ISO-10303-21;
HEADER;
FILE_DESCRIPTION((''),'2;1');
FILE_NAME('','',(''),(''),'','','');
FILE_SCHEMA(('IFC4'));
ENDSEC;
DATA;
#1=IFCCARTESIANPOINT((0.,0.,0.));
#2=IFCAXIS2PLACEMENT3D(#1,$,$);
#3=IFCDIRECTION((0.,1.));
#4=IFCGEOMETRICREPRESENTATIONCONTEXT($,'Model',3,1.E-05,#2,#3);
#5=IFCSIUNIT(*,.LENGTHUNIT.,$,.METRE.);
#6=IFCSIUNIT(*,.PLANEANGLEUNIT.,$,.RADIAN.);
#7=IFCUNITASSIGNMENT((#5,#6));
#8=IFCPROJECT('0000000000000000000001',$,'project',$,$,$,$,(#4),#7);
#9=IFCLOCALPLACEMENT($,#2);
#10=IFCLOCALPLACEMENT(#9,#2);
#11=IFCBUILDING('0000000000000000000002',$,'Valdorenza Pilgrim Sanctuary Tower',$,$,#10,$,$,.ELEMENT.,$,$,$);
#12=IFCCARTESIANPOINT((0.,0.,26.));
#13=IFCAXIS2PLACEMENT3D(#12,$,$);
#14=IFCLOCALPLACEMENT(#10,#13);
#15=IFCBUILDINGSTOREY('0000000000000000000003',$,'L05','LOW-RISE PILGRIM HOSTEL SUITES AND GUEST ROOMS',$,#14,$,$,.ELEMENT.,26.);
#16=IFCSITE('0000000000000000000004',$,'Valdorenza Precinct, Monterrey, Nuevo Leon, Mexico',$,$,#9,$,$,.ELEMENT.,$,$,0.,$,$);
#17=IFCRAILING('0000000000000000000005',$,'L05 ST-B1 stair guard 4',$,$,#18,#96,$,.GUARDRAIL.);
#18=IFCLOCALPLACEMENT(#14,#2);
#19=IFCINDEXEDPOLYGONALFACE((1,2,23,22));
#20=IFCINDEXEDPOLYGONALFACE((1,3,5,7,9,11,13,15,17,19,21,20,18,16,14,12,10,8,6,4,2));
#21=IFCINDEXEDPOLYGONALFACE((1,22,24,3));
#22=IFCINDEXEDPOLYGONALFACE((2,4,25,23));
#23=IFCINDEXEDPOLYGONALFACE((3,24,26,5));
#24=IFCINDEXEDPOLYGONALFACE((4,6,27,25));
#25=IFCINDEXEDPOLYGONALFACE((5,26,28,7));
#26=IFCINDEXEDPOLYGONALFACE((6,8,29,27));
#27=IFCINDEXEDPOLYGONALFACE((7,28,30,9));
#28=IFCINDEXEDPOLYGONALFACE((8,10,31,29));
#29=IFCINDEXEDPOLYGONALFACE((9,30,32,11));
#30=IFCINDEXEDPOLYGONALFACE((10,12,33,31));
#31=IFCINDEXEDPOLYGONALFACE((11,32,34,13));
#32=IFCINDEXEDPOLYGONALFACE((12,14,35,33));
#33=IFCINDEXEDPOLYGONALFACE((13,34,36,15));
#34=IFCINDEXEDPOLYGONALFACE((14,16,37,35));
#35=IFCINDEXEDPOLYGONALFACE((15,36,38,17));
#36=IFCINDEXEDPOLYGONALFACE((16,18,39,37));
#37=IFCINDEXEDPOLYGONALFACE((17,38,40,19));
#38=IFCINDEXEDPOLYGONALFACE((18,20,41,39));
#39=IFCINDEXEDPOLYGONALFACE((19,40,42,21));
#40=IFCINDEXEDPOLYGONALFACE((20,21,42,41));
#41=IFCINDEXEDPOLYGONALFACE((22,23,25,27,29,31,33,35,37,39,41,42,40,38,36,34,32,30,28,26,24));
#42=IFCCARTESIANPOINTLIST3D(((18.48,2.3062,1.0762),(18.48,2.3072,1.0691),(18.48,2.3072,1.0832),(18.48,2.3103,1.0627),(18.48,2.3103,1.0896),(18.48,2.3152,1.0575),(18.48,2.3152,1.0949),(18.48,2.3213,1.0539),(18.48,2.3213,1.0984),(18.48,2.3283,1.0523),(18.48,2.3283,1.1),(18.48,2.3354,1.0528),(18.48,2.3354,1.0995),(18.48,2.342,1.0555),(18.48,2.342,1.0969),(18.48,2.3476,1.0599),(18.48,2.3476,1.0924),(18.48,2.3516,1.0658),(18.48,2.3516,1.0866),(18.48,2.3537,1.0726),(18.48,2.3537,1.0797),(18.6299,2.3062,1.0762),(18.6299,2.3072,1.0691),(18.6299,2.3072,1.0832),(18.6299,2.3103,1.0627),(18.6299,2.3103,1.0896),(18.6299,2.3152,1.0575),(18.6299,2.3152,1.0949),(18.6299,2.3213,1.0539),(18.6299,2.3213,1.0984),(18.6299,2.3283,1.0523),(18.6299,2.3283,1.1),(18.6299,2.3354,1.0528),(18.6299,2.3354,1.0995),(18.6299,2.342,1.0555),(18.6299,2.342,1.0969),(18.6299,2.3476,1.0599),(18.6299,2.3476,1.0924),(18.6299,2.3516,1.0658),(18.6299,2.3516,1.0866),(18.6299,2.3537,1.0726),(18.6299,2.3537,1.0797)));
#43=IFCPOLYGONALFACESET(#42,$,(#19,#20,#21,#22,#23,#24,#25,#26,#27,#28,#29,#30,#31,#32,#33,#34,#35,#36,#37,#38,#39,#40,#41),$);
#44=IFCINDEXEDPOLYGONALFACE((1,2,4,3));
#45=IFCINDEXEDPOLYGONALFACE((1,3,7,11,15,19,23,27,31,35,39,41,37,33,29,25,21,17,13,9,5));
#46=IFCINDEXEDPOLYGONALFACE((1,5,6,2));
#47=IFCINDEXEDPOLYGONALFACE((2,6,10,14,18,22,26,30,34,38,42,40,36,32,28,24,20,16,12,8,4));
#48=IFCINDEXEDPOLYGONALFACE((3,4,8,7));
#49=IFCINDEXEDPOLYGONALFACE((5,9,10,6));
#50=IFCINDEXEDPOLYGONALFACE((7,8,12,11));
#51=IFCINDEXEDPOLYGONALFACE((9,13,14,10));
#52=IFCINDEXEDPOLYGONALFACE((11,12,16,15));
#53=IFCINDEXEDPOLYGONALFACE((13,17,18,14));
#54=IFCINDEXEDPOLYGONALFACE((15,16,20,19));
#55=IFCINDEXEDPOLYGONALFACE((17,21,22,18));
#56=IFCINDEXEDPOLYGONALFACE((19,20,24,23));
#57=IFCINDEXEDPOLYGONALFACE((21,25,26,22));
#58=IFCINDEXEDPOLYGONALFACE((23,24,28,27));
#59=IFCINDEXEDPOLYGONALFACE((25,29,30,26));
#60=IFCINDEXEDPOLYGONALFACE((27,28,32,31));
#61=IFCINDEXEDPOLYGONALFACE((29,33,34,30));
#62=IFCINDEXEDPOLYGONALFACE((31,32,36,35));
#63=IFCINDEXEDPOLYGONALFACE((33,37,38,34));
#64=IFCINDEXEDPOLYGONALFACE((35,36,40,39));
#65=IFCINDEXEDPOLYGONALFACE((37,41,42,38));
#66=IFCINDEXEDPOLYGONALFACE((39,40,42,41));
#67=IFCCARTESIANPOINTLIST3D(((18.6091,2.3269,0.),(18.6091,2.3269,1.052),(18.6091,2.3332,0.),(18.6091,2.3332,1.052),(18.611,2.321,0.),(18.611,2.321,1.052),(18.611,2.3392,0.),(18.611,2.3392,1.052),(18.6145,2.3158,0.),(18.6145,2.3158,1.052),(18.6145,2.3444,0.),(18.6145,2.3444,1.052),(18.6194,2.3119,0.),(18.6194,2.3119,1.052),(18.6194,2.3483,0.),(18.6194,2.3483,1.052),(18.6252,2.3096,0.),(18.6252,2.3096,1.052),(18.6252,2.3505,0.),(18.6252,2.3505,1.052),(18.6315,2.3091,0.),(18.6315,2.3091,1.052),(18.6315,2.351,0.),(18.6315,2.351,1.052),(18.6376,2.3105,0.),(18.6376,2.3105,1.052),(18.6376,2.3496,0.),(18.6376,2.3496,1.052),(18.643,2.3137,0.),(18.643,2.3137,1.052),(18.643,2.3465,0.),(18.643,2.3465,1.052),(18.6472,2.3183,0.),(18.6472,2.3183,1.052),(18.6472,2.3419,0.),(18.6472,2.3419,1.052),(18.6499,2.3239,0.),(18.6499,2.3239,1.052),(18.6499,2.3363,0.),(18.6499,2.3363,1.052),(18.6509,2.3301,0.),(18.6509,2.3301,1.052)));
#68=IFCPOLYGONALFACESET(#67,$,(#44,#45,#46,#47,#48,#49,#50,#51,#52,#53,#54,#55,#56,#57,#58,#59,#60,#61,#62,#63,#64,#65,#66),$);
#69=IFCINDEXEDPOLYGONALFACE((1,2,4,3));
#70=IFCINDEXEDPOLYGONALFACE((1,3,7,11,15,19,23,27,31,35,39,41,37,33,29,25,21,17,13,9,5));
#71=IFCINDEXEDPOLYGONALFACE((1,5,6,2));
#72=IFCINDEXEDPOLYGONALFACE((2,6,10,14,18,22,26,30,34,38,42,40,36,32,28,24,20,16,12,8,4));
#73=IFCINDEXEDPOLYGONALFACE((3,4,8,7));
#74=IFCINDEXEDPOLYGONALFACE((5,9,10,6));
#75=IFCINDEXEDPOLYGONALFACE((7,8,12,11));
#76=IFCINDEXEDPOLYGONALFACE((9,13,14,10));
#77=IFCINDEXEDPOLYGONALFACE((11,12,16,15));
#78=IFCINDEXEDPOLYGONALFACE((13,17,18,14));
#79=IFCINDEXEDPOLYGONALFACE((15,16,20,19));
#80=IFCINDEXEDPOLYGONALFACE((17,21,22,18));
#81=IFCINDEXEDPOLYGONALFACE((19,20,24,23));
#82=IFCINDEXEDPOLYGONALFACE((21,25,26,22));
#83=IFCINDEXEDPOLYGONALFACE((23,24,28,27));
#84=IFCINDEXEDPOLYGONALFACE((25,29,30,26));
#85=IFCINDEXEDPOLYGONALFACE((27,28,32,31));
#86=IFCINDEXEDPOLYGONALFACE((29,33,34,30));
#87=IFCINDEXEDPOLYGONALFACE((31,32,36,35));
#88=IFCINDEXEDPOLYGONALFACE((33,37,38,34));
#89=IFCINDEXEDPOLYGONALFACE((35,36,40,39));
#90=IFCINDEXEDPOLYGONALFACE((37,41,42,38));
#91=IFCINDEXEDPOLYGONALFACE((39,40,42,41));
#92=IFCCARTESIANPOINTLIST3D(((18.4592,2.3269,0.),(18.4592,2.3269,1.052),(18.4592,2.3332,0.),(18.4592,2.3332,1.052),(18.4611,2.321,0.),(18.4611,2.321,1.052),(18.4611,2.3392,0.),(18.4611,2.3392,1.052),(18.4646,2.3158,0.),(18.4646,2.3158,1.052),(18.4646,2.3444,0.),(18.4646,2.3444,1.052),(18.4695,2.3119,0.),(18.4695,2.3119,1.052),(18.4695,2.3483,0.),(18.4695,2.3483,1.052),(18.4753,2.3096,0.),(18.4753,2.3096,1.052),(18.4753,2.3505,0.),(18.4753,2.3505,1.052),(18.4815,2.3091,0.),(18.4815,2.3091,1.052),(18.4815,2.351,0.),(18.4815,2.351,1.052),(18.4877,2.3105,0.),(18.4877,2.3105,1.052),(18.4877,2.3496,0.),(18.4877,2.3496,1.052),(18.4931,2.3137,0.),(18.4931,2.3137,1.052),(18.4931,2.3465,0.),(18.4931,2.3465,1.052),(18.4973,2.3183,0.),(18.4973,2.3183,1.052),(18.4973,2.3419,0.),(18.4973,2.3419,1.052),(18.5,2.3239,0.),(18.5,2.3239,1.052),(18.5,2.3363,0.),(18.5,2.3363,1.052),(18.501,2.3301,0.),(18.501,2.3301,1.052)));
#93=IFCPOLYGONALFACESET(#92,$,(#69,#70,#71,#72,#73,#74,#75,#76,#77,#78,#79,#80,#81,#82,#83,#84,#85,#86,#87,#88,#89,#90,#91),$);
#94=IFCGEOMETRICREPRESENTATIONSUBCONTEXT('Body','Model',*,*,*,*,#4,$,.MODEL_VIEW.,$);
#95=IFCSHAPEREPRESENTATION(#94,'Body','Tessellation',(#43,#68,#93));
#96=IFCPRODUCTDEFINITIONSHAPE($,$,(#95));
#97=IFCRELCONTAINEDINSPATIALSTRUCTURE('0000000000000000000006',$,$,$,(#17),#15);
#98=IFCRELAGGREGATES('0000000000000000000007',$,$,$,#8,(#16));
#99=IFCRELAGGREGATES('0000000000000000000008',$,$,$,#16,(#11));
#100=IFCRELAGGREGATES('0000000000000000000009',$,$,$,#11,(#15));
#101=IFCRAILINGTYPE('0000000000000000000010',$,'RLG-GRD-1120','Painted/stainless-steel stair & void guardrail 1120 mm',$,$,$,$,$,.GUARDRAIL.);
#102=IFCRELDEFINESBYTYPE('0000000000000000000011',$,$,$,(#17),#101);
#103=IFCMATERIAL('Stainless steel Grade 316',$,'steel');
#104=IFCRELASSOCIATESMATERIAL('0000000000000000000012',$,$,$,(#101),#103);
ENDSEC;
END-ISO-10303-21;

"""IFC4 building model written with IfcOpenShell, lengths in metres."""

from ifc_helpers import new_model, si_unit, direction, frame, origin, origin_2d, place, context, subcontext, project, spatial, circle, extrude, material, type_object, element, save


model = new_model("IFC4")

# Units and contexts
model_context = context("Model", 3, precision=1e-05, world=origin(), true_north=direction((0.0, 1.0)))
body_context = subcontext(model_context, "Body", "Model", "MODEL_VIEW")
ifc_project = project(units=[si_unit("LENGTHUNIT", "METRE"), si_unit("PLANEANGLEUNIT", "RADIAN")], contexts=[model_context])

# Site, building, storey
site_placement = place(None, origin())
site = spatial("IfcSite", under=ifc_project, at=site_placement, Name="Valdorenza Precinct, Monterrey, Nuevo Leon, Mexico", CompositionType="ELEMENT", RefElevation=0.0)
building_placement = place(site_placement, origin())
building = spatial("IfcBuilding", under=site, at=building_placement, Name="Valdorenza Pilgrim Sanctuary Tower", CompositionType="ELEMENT")
storey_placement = place(building_placement, frame((0.0, 0.0, 26.0)))
storey = spatial("IfcBuildingStorey", under=building, at=storey_placement, Name="L05", Description="LOW-RISE PILGRIM HOSTEL SUITES AND GUEST ROOMS", CompositionType="ELEMENT", Elevation=26.0)

# Railing
ifc_material_1 = material(Name="Stainless steel Grade 316", Category="steel")
railing_type_1 = type_object("IfcRailingType", Name="RLG-GRD-1120", Description="Painted/stainless-steel stair & void guardrail 1120 mm", PredefinedType="GUARDRAIL", material=ifc_material_1)
railing_1_placement = place(storey_placement, frame((18.6299, 2.3301, 0.0)))
element("IfcRailing", 1, at=railing_1_placement, inside=storey, type_object=railing_type_1, Name="L05 ST-B1 stair guard 4", PredefinedType="GUARDRAIL", context=body_context, shape_type="SweptSolid", body=[
    extrude(circle(Radius=0.0239, at=origin_2d()), frame((0.0, 0.0, 1.0762), z_axis=(-1.0, 0.0, 0.0), x_axis=(0.0, -1.0, 0.0)), (0.0, 0.0, 1.0), 0.1499),
    extrude(circle(Radius=0.021, at=origin_2d()), origin(), (0.0, 0.0, 1.0), 1.052),
    extrude(circle(Radius=0.021, at=origin_2d()), frame((-0.1499, 0.0, 0.0)), (0.0, 0.0, 1.0), 1.052),
])

save(model, "model.ifc")
